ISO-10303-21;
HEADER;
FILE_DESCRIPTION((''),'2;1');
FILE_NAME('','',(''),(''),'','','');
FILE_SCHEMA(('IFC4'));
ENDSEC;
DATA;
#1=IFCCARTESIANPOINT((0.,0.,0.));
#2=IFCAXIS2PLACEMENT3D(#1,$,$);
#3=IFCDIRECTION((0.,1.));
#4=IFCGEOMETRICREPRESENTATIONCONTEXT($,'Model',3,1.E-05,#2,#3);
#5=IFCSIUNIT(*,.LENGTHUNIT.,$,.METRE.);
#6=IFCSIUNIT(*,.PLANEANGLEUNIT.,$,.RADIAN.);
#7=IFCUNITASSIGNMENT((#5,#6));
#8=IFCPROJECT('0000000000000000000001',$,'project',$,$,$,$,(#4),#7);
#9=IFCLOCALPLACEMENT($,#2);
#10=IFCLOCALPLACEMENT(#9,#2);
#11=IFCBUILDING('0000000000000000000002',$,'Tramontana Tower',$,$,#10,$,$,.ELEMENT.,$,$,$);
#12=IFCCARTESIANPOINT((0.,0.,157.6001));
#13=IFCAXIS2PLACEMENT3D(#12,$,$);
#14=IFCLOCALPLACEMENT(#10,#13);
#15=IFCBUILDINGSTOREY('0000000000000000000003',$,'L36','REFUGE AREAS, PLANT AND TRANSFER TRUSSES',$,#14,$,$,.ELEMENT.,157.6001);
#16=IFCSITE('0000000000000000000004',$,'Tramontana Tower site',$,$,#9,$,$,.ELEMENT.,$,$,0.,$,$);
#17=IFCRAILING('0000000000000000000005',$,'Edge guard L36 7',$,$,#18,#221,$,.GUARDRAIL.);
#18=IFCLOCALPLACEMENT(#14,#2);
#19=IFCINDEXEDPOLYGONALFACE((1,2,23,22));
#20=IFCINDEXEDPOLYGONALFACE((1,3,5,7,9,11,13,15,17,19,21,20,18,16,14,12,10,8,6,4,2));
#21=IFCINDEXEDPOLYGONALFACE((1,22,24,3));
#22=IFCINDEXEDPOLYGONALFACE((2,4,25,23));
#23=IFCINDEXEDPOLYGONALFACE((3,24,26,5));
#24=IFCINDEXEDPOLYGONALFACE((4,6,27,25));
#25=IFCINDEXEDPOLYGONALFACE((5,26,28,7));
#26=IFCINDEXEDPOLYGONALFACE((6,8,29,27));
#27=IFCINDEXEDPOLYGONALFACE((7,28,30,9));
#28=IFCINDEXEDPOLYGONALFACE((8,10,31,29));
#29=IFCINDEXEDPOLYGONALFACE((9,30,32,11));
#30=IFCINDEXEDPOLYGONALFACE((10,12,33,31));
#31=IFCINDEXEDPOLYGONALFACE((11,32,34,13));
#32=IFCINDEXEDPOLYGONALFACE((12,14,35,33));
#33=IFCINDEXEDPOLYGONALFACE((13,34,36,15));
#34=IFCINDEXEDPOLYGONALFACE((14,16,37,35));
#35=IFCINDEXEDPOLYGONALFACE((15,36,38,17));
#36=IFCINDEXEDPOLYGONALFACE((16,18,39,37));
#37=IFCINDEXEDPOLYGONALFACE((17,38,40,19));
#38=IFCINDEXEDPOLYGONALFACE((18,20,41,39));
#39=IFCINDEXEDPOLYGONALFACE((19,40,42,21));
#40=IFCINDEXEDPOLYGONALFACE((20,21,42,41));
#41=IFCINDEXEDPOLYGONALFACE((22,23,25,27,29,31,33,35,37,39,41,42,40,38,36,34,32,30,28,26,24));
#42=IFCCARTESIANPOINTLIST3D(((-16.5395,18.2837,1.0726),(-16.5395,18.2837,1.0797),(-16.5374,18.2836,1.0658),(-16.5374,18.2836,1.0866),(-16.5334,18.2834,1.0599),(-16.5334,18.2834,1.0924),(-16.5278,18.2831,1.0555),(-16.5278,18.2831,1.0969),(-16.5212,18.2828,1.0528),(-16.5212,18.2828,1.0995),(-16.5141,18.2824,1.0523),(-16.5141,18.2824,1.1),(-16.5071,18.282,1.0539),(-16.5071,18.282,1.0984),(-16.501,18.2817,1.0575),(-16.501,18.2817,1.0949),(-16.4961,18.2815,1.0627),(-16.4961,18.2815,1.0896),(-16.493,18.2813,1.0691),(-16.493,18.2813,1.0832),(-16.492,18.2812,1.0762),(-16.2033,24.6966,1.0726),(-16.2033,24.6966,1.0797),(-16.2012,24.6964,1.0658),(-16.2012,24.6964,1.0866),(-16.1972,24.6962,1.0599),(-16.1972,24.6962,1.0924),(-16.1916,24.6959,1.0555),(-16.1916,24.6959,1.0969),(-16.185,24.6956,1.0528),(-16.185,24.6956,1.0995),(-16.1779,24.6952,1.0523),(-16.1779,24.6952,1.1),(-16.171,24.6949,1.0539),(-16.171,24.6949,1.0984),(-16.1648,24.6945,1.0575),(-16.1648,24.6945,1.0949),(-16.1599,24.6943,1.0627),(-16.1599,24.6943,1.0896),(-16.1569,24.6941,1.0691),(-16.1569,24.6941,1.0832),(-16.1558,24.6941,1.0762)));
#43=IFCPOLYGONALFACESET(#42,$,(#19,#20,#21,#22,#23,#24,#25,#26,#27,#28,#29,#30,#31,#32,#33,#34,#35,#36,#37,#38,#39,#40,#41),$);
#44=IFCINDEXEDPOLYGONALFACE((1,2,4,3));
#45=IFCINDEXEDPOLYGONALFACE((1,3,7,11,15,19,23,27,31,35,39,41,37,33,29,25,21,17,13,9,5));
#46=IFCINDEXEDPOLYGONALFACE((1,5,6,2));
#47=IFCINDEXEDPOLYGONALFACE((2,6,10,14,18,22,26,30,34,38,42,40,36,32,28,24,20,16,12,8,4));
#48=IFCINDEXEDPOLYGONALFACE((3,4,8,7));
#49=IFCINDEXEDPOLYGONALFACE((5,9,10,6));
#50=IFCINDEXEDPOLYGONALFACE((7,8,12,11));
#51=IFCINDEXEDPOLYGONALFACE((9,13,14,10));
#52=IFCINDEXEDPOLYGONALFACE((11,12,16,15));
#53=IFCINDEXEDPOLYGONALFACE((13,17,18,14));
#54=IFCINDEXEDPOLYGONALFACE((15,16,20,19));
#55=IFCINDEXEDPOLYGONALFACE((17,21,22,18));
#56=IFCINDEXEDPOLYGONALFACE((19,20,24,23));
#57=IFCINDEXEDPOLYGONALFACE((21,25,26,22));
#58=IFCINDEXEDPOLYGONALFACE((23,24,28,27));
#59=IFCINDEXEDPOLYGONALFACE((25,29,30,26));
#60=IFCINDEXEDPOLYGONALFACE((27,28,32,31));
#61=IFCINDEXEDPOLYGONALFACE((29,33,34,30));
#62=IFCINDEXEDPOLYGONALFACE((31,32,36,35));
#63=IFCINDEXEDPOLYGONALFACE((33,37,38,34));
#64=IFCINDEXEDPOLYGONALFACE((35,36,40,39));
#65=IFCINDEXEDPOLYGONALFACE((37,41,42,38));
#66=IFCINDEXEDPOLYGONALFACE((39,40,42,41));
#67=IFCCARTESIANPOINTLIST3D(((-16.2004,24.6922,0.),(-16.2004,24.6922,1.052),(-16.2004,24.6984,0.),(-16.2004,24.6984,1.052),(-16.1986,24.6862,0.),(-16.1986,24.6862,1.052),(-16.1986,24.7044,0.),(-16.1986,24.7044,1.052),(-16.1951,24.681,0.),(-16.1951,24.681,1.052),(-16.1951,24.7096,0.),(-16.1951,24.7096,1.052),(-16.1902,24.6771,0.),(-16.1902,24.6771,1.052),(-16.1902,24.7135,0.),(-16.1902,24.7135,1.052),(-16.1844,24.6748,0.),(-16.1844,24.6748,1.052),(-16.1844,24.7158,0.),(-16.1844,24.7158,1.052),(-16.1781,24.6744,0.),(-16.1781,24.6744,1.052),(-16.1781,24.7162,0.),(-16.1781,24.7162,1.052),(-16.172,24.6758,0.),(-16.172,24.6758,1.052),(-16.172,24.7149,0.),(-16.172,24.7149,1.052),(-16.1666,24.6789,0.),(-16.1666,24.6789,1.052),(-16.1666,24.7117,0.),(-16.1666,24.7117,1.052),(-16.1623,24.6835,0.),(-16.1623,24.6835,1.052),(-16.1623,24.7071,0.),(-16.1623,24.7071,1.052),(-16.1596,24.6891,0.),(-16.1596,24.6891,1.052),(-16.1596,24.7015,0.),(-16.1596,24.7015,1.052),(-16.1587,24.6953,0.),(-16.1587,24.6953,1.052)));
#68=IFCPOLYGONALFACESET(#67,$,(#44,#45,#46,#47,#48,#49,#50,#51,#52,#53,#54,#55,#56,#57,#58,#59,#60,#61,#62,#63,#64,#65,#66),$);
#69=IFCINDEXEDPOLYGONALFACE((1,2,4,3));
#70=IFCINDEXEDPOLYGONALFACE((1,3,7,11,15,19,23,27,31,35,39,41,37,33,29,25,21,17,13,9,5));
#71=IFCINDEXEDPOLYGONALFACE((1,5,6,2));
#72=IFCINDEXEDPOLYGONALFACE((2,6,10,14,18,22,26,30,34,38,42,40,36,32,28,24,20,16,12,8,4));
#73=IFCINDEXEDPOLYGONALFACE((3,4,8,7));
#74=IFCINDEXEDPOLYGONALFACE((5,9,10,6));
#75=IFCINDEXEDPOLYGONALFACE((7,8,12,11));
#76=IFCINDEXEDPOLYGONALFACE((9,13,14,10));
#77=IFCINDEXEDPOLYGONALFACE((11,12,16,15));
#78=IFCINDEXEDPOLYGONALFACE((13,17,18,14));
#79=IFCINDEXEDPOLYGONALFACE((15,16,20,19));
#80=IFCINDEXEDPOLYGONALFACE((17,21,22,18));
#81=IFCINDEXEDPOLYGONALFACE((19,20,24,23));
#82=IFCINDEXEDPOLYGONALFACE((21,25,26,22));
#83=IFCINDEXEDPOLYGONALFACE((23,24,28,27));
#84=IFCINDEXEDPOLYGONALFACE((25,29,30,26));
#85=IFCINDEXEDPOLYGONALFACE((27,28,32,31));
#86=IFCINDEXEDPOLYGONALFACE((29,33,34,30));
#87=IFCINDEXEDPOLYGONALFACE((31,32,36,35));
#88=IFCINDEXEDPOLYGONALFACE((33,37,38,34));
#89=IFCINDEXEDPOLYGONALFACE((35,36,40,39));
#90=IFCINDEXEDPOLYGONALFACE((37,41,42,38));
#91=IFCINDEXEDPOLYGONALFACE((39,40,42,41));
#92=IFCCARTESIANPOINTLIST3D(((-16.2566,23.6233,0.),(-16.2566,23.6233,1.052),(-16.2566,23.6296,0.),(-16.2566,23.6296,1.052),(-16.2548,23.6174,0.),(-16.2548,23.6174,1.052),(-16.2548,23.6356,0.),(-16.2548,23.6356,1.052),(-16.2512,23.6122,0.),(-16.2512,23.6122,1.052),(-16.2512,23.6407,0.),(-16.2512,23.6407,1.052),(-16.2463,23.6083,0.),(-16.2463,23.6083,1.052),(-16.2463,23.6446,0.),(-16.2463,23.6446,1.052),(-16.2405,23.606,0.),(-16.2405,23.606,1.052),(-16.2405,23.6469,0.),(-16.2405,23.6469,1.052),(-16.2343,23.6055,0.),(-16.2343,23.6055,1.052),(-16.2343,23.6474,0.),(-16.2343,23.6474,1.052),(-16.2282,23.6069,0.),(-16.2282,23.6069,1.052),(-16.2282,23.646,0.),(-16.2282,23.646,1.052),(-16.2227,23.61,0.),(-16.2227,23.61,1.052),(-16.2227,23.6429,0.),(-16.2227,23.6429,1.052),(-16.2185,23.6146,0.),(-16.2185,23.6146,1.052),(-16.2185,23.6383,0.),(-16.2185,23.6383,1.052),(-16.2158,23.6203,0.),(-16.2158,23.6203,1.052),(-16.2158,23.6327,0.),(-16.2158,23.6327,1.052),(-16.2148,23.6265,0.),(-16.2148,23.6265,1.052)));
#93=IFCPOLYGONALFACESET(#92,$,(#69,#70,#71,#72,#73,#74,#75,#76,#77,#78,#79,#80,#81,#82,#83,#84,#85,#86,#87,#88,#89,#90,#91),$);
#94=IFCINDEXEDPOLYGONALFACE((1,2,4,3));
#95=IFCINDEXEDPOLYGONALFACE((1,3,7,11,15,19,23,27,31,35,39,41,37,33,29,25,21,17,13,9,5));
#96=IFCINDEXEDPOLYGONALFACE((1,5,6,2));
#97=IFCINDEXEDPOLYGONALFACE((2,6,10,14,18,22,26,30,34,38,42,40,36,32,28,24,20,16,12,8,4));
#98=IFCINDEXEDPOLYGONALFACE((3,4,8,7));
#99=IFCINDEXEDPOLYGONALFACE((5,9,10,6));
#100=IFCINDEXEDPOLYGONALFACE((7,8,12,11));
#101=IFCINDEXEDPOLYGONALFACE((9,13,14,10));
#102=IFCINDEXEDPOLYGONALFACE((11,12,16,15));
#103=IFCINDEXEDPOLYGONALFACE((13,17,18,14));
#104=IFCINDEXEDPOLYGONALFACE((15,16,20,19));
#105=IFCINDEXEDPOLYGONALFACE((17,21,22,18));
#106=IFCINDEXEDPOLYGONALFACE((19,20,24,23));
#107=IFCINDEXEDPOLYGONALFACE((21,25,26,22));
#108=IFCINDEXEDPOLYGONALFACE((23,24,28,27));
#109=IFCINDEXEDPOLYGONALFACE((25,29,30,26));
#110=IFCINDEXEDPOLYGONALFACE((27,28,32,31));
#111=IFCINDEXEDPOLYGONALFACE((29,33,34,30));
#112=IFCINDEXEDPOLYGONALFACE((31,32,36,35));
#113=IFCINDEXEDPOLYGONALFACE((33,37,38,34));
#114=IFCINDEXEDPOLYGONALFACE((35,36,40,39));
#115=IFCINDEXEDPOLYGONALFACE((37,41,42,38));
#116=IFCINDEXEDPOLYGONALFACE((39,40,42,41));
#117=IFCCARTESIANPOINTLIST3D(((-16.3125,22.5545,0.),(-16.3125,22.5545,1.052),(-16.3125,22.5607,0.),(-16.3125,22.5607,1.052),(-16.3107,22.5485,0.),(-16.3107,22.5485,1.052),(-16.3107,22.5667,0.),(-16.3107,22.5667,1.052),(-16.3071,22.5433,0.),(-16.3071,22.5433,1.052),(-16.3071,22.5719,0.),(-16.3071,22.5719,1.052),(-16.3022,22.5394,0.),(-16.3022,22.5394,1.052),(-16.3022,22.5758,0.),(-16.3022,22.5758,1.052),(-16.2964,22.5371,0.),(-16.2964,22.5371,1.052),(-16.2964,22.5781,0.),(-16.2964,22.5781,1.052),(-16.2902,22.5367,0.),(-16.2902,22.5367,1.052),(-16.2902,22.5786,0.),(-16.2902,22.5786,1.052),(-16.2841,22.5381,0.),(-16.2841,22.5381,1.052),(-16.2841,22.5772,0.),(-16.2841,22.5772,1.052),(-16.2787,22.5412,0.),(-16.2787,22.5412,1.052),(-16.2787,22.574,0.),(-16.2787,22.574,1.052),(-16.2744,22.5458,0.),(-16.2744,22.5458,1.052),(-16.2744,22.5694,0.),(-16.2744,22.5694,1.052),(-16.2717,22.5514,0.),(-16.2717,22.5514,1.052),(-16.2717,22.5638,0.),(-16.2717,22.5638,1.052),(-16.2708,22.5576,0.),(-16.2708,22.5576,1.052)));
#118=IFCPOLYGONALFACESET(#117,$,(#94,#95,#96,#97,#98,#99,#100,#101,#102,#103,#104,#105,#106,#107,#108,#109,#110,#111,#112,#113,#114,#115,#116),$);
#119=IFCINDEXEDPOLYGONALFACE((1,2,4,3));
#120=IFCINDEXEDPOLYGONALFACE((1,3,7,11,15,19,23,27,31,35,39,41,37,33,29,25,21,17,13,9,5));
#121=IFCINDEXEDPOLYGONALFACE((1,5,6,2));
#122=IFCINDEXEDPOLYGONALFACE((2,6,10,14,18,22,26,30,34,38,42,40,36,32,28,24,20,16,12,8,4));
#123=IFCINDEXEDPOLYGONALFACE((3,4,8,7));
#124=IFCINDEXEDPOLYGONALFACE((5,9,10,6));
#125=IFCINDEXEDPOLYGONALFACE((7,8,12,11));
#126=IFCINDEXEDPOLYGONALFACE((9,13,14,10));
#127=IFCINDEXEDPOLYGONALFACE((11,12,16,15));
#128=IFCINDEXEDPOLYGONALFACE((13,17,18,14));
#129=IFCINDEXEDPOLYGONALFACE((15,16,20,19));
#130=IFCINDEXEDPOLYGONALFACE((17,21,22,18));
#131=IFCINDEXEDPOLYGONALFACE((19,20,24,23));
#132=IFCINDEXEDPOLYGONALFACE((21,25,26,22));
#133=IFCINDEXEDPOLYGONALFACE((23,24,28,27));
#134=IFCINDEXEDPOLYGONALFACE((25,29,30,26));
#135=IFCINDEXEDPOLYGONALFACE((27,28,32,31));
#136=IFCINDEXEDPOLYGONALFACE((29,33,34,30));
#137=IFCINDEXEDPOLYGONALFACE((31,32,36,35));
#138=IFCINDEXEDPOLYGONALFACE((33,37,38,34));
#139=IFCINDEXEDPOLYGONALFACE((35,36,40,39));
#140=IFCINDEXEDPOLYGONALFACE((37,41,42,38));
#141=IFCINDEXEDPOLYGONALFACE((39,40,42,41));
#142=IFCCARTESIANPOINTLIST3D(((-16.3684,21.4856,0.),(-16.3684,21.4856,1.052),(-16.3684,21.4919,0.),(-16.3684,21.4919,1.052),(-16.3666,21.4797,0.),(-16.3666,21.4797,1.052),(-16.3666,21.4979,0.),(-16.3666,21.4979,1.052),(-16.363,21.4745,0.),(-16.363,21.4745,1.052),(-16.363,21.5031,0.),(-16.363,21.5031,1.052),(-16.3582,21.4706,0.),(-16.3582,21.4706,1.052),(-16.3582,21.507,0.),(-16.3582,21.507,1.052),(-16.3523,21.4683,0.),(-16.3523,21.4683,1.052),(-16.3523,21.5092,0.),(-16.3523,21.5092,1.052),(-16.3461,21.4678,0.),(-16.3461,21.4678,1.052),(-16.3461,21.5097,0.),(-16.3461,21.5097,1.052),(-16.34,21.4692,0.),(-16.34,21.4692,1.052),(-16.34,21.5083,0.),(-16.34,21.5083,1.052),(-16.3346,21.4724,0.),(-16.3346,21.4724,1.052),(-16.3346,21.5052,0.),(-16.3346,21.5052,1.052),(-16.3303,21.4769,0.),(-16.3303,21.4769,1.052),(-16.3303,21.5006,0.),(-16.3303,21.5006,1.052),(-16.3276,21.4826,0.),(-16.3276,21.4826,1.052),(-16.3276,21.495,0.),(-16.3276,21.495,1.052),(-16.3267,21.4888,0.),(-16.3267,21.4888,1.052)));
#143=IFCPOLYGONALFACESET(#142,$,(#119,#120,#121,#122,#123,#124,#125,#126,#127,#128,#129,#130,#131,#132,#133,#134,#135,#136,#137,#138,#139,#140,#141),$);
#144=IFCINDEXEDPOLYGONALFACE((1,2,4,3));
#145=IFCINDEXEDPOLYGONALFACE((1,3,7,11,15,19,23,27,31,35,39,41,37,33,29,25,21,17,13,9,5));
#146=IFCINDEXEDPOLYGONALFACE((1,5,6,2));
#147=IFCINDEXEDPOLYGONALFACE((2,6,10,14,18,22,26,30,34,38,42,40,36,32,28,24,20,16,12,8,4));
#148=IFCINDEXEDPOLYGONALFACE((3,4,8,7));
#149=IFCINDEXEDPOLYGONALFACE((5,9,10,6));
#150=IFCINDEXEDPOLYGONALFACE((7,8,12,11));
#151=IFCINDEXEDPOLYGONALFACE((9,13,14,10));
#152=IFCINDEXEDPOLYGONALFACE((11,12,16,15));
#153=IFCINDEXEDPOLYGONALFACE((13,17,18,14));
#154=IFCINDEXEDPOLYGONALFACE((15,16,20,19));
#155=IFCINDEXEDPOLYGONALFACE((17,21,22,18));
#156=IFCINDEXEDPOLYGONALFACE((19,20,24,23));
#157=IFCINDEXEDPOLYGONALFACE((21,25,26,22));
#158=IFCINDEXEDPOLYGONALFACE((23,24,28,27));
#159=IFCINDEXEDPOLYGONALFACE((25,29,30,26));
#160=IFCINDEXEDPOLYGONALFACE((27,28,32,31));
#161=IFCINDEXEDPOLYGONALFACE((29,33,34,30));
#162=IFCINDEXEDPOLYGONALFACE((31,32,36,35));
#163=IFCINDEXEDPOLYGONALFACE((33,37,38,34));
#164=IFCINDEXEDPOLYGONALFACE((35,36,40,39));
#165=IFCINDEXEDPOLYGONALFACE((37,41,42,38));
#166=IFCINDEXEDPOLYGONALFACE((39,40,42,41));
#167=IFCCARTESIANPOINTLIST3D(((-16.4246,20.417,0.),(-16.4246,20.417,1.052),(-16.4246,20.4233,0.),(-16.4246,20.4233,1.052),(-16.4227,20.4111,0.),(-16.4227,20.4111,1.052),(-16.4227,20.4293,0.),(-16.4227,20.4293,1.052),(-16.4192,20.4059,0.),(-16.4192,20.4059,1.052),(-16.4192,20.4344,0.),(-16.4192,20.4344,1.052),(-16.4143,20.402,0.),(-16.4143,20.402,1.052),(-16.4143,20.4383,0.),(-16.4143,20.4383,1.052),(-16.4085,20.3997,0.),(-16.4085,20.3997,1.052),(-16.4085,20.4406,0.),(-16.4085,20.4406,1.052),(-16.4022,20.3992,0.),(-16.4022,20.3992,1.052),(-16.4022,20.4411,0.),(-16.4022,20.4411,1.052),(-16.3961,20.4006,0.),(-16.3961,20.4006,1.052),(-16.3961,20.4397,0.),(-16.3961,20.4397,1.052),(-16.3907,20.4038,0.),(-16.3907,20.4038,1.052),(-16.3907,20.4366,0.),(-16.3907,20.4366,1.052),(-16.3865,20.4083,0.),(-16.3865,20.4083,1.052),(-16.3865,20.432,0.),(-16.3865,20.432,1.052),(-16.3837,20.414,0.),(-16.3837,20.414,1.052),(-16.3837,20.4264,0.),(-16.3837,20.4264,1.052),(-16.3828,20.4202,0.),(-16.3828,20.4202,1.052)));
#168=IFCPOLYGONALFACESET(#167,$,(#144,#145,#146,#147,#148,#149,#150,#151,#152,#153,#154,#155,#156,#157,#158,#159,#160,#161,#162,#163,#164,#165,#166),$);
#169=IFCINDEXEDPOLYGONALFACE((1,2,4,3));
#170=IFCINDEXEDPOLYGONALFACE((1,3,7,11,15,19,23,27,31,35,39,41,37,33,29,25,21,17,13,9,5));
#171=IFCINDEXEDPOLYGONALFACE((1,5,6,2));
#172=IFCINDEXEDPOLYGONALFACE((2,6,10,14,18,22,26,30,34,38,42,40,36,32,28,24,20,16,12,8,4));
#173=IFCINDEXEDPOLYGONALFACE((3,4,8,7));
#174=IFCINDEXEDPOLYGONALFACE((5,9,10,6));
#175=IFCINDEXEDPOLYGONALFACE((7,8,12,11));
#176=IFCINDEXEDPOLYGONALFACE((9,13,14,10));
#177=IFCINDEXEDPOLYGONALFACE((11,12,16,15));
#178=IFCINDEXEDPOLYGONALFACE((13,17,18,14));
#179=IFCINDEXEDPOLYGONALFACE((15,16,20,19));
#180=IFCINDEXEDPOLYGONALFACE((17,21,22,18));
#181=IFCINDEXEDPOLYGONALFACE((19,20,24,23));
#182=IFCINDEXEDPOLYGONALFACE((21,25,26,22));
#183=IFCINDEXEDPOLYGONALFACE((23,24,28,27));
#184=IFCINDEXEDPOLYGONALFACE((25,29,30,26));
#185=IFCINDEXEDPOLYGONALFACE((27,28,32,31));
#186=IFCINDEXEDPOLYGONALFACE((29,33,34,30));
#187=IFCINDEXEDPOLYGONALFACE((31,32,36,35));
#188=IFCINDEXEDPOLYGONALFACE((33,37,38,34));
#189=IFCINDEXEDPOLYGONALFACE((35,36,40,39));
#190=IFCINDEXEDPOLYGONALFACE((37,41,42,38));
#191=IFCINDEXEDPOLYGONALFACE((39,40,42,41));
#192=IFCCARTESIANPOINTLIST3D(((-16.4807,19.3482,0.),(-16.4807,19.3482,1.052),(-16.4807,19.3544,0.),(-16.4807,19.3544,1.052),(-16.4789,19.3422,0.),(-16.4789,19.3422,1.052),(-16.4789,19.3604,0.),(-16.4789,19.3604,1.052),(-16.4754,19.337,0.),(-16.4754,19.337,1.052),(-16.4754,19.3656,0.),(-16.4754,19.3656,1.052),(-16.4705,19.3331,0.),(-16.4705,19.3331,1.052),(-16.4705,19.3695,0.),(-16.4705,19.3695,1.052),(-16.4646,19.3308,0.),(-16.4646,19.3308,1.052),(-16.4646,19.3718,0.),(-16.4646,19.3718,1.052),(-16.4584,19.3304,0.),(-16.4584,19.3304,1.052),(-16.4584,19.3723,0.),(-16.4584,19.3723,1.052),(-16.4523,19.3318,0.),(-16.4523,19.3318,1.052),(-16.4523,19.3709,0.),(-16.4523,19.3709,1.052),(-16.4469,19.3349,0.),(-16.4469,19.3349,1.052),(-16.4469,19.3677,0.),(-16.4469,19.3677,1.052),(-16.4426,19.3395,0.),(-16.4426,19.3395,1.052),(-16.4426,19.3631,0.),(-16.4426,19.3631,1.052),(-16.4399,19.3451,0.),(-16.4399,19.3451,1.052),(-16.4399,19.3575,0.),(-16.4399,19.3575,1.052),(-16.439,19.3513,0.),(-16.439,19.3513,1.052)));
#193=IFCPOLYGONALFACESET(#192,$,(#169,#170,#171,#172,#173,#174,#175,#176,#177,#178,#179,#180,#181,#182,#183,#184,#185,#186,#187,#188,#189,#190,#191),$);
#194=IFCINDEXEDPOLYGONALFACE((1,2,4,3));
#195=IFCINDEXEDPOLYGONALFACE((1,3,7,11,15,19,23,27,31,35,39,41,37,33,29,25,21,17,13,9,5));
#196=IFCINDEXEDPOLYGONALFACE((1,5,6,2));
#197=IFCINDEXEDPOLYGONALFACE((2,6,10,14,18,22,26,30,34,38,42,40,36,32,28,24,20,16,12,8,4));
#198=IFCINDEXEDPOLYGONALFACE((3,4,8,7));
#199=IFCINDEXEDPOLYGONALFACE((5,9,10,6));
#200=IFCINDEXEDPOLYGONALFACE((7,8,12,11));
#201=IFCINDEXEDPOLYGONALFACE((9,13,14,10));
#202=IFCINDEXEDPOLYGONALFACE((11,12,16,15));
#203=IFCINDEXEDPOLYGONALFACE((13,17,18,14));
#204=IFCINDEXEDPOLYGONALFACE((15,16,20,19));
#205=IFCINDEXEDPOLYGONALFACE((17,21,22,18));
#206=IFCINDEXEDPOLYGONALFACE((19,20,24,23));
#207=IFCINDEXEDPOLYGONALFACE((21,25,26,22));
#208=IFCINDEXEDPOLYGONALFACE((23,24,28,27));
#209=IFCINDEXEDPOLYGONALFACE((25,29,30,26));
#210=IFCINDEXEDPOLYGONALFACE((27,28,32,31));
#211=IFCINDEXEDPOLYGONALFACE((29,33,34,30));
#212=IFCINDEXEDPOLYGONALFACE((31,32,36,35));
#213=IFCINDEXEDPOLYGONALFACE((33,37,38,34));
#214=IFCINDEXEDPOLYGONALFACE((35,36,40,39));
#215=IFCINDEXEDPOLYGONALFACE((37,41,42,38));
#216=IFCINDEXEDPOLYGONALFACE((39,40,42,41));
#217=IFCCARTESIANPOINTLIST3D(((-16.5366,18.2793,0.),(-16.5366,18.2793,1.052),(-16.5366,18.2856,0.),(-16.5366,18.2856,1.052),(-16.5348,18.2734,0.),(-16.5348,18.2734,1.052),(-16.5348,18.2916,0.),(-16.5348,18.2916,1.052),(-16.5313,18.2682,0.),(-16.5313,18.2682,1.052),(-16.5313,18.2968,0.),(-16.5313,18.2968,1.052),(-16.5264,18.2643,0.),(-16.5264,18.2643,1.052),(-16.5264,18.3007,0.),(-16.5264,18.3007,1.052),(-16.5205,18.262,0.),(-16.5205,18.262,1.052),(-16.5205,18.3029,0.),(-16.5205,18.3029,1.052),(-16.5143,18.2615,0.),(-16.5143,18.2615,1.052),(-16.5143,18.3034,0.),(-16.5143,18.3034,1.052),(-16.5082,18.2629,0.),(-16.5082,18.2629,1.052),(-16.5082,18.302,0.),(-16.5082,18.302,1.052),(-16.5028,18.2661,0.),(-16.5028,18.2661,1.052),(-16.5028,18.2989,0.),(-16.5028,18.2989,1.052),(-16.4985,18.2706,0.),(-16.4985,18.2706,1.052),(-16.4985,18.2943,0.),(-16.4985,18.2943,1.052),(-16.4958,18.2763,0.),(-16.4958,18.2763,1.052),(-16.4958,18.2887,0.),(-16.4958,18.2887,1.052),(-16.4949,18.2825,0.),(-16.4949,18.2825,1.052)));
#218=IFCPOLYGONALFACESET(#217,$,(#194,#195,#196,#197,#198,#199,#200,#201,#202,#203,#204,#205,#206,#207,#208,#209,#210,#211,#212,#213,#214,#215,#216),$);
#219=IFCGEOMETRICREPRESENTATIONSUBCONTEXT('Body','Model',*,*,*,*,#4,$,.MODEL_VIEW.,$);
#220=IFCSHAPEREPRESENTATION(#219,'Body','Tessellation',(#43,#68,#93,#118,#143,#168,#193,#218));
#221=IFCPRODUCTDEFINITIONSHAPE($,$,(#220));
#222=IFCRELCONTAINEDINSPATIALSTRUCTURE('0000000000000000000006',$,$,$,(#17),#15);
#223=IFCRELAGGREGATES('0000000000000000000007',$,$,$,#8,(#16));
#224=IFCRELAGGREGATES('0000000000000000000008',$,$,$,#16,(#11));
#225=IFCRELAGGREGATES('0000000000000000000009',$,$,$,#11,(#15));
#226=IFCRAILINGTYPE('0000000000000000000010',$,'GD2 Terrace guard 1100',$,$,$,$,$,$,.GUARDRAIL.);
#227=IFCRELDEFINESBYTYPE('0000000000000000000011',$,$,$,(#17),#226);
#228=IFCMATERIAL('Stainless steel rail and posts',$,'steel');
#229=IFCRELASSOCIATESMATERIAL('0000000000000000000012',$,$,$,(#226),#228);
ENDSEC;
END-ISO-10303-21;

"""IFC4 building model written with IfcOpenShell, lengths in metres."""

from ifc_helpers import new_model, si_unit, direction, frame, origin, origin_2d, place, context, subcontext, project, spatial, circle, extrude, material, type_object, element, save


model = new_model("IFC4")

# Units and contexts
model_context = context("Model", 3, precision=1e-05, world=origin(), true_north=direction((0.0, 1.0)))
body_context = subcontext(model_context, "Body", "Model", "MODEL_VIEW")
ifc_project = project(units=[si_unit("LENGTHUNIT", "METRE"), si_unit("PLANEANGLEUNIT", "RADIAN")], contexts=[model_context])

# Site, building, storey
site_placement = place(None, origin())
site = spatial("IfcSite", under=ifc_project, at=site_placement, Name="Tramontana Tower site", CompositionType="ELEMENT", RefElevation=0.0)
building_placement = place(site_placement, origin())
building = spatial("IfcBuilding", under=site, at=building_placement, Name="Tramontana Tower", CompositionType="ELEMENT")
storey_placement = place(building_placement, frame((0.0, 0.0, 157.6001)))
storey = spatial("IfcBuildingStorey", under=building, at=storey_placement, Name="L36", Description="REFUGE AREAS, PLANT AND TRANSFER TRUSSES", CompositionType="ELEMENT", Elevation=157.6001)

# Railing
ifc_material_1 = material(Name="Stainless steel rail and posts", Category="steel")
railing_type = type_object("IfcRailingType", Name="GD2 Terrace guard 1100", PredefinedType="GUARDRAIL", material=ifc_material_1)
railing_1_placement = place(storey_placement, frame((-16.1797, 24.6953, 0.0)))
element("IfcRailing", 1, at=railing_1_placement, inside=storey, type_object=railing_type, Name="Edge guard L36 7", PredefinedType="GUARDRAIL", context=body_context, shape_type="SweptSolid", body=[
    extrude(circle(Radius=0.0239, at=origin_2d()), frame((0.0, 0.0, 1.0762), z_axis=(-0.052351, -0.998629, 0.0), x_axis=(0.998629, -0.052351, 0.0)), (0.0, 0.0, 1.0), 6.4216),
    extrude(circle(Radius=0.021, at=origin_2d()), origin(), (0.0, 0.0, 1.0), 1.052),
    extrude(circle(Radius=0.021, at=origin_2d()), frame((-0.0562, -1.0688, 0.0)), (0.0, 0.0, 1.0), 1.052),
    extrude(circle(Radius=0.021, at=origin_2d()), frame((-0.1121, -2.1377, 0.0)), (0.0, 0.0, 1.0), 1.052),
    extrude(circle(Radius=0.021, at=origin_2d()), frame((-0.168, -3.2065, 0.0)), (0.0, 0.0, 1.0), 1.052),
    extrude(circle(Radius=0.021, at=origin_2d()), frame((-0.2241, -4.2751, 0.0)), (0.0, 0.0, 1.0), 1.052),
    extrude(circle(Radius=0.021, at=origin_2d()), frame((-0.2803, -5.344, 0.0)), (0.0, 0.0, 1.0), 1.052),
    extrude(circle(Radius=0.021, at=origin_2d()), frame((-0.3362, -6.4128, 0.0)), (0.0, 0.0, 1.0), 1.052),
])

save(model, "model.ifc")
